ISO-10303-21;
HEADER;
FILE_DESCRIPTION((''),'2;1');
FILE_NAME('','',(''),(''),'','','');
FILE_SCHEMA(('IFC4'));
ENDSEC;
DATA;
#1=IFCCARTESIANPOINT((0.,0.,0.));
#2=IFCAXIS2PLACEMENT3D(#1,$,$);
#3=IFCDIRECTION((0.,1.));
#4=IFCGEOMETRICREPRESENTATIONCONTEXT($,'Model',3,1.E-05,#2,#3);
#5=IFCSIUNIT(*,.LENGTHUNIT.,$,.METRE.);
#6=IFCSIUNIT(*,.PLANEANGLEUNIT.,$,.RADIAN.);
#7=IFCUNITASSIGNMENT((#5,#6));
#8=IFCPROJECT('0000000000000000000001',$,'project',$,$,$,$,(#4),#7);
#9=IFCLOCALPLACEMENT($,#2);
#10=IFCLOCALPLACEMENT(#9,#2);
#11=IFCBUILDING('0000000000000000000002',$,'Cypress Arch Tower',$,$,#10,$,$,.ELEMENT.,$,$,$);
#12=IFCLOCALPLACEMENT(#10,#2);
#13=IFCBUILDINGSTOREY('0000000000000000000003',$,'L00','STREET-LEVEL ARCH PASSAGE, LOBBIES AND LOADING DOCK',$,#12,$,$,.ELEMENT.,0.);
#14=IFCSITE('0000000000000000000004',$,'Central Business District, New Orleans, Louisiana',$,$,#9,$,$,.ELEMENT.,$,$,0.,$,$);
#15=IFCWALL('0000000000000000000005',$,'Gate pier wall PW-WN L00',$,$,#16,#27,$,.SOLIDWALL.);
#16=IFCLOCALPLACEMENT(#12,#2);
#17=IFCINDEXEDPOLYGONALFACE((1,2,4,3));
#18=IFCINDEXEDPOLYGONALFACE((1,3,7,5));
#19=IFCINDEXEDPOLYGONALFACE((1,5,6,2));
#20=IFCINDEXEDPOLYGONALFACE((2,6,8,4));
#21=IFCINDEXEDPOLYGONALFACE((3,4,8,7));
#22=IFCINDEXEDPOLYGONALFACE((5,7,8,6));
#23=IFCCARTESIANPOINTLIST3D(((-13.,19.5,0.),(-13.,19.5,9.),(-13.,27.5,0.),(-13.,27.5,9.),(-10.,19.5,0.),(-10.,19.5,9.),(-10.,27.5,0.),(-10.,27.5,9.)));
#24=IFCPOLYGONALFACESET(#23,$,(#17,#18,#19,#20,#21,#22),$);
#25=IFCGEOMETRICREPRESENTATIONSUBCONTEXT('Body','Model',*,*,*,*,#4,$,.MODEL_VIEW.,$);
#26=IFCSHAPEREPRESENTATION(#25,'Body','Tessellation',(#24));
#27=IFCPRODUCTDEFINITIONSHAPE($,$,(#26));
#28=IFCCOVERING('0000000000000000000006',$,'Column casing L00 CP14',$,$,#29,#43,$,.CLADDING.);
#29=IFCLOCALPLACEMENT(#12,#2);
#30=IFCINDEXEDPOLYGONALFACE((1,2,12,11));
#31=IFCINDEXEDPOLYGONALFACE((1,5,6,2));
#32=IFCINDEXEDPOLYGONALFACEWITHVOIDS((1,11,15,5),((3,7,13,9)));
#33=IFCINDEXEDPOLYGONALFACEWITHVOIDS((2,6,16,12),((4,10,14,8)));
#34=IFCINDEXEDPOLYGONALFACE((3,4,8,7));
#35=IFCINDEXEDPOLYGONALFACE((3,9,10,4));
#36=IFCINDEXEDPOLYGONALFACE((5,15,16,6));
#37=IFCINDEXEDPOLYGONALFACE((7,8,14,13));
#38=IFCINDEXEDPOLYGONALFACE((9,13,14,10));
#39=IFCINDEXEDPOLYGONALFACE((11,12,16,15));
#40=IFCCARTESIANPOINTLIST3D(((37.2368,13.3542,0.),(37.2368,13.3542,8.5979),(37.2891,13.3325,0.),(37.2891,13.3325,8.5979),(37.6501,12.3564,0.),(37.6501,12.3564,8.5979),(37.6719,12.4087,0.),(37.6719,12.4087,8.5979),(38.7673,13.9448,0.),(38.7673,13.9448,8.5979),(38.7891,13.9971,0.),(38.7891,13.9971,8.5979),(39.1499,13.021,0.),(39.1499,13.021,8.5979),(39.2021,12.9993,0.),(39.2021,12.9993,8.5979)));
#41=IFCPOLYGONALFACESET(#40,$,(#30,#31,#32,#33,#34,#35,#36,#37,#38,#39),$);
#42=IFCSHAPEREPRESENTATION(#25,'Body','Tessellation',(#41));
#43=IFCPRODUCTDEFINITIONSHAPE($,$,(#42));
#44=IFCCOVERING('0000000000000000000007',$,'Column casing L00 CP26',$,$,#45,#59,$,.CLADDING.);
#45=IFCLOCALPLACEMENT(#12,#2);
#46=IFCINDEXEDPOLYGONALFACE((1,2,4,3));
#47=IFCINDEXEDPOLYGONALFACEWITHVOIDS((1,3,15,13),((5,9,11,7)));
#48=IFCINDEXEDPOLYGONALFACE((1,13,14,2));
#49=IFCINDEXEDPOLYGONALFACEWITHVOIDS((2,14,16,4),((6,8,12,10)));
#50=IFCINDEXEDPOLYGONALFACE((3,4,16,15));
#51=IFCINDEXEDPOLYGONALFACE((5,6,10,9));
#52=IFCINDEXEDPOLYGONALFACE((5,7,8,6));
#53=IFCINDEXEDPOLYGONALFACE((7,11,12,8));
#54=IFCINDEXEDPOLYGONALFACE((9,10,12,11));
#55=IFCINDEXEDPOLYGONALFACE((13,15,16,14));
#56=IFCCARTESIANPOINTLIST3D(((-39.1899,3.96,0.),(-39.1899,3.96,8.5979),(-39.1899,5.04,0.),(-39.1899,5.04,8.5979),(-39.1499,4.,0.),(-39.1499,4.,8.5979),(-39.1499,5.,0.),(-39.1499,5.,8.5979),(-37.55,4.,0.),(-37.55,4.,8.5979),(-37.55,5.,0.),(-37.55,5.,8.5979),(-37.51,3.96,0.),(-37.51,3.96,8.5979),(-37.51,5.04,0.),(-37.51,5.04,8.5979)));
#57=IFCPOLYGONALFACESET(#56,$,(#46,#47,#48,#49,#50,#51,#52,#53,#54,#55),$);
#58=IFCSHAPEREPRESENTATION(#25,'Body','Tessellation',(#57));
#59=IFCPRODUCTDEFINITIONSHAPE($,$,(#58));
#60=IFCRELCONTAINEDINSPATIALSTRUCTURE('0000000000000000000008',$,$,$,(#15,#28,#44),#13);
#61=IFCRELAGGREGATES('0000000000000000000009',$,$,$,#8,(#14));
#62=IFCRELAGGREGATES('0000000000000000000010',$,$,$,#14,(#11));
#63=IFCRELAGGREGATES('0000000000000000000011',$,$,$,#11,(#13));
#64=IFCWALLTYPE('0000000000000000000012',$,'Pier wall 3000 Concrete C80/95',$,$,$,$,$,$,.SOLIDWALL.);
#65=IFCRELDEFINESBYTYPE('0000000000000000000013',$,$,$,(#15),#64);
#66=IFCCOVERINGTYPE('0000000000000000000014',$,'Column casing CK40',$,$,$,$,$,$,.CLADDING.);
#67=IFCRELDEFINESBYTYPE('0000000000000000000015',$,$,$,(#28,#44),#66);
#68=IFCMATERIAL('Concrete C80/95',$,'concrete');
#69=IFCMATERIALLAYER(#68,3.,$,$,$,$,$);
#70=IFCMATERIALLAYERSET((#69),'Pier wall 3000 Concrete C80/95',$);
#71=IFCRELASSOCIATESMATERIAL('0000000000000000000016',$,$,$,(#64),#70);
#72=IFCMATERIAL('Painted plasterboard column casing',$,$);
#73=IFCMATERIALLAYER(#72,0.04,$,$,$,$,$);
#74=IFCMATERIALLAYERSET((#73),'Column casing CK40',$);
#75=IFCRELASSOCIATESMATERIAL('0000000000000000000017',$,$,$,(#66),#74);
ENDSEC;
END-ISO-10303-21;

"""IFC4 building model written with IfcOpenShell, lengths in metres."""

from ifc_helpers import new_model, si_unit, direction, frame, frame_2d, origin, place, context, subcontext, project, spatial, polyline, rectangle, outline, extrude, material, layer, layer_set, type_object, element, save


model = new_model("IFC4")

# Units and contexts
model_context = context("Model", 3, precision=1e-05, world=origin(), true_north=direction((0.0, 1.0)))
body_context = subcontext(model_context, "Body", "Model", "MODEL_VIEW")
ifc_project = project(units=[si_unit("LENGTHUNIT", "METRE"), si_unit("PLANEANGLEUNIT", "RADIAN")], contexts=[model_context])

# Site, building, storey
site_placement = place(None, origin())
site = spatial("IfcSite", under=ifc_project, at=site_placement, Name="Central Business District, New Orleans, Louisiana", CompositionType="ELEMENT", RefElevation=0.0)
building_placement = place(site_placement, origin())
building = spatial("IfcBuilding", under=site, at=building_placement, Name="Cypress Arch Tower", CompositionType="ELEMENT")
storey_placement = place(building_placement, origin())
storey = spatial("IfcBuildingStorey", under=building, at=storey_placement, Name="L00", Description="STREET-LEVEL ARCH PASSAGE, LOBBIES AND LOADING DOCK", CompositionType="ELEMENT", Elevation=0.0)

# Wall
ifc_material_1 = material(Name="Concrete C80/95", Category="concrete")
ifc_layer_1 = layer(ifc_material_1, 3.0)
ifc_layer_set_1 = layer_set([ifc_layer_1], Name="Pier wall 3000 Concrete C80/95")
wall_type_1 = type_object("IfcWallType", Name="Pier wall 3000 Concrete C80/95", PredefinedType="SOLIDWALL", material=ifc_layer_set_1)
wall_1_placement = place(storey_placement, frame((-11.5, 19.5, 0.0), z_axis=(0.0, 0.0, 1.0), x_axis=(0.0, 1.0, 0.0)))
element("IfcWall", 1, at=wall_1_placement, inside=storey, type_object=wall_type_1, Name="Gate pier wall PW-WN L00", PredefinedType="SOLIDWALL", context=body_context, shape_type="SweptSolid", body=[
    extrude(rectangle(XDim=8.0, YDim=3.0, at=frame_2d((4.0, 0.0))), origin(), (0.0, 0.0, 1.0), 9.0),
])

# Coverings
ifc_material_2 = material(Name="Painted plasterboard column casing")
ifc_layer_2 = layer(ifc_material_2, 0.04)
ifc_layer_set_2 = layer_set([ifc_layer_2], Name="Column casing CK40")
covering_type = type_object("IfcCoveringType", Name="Column casing CK40", PredefinedType="CLADDING", material=ifc_layer_set_2)
covering_1_placement = place(storey_placement, origin())
element("IfcCovering", 2, at=covering_1_placement, inside=storey, type_object=covering_type, Name="Column casing L00 CP14", PredefinedType="CLADDING", context=body_context, shape_type="SweptSolid", body=[
    extrude(outline(polyline([(39.2021, 12.9993), (37.6501, 12.3564), (37.2368, 13.3542), (38.7891, 13.9971), (39.2021, 12.9993)]), holes=[polyline([(39.1499, 13.021), (38.7673, 13.9448), (37.2891, 13.3325), (37.6719, 12.4087), (39.1499, 13.021)])]), origin(), (0.0, 0.0, 1.0), 8.5979),
])
covering_2_placement = place(storey_placement, origin())
element("IfcCovering", 3, at=covering_2_placement, inside=storey, type_object=covering_type, Name="Column casing L00 CP26", PredefinedType="CLADDING", context=body_context, shape_type="SweptSolid", body=[
    extrude(outline(polyline([(-39.1899, 5.04), (-37.51, 5.04), (-37.51, 3.96), (-39.1899, 3.96), (-39.1899, 5.04)]), holes=[polyline([(-39.1499, 5.0), (-39.1499, 4.0), (-37.55, 4.0), (-37.55, 5.0), (-39.1499, 5.0)])]), origin(), (0.0, 0.0, 1.0), 8.5979),
])

save(model, "model.ifc")
